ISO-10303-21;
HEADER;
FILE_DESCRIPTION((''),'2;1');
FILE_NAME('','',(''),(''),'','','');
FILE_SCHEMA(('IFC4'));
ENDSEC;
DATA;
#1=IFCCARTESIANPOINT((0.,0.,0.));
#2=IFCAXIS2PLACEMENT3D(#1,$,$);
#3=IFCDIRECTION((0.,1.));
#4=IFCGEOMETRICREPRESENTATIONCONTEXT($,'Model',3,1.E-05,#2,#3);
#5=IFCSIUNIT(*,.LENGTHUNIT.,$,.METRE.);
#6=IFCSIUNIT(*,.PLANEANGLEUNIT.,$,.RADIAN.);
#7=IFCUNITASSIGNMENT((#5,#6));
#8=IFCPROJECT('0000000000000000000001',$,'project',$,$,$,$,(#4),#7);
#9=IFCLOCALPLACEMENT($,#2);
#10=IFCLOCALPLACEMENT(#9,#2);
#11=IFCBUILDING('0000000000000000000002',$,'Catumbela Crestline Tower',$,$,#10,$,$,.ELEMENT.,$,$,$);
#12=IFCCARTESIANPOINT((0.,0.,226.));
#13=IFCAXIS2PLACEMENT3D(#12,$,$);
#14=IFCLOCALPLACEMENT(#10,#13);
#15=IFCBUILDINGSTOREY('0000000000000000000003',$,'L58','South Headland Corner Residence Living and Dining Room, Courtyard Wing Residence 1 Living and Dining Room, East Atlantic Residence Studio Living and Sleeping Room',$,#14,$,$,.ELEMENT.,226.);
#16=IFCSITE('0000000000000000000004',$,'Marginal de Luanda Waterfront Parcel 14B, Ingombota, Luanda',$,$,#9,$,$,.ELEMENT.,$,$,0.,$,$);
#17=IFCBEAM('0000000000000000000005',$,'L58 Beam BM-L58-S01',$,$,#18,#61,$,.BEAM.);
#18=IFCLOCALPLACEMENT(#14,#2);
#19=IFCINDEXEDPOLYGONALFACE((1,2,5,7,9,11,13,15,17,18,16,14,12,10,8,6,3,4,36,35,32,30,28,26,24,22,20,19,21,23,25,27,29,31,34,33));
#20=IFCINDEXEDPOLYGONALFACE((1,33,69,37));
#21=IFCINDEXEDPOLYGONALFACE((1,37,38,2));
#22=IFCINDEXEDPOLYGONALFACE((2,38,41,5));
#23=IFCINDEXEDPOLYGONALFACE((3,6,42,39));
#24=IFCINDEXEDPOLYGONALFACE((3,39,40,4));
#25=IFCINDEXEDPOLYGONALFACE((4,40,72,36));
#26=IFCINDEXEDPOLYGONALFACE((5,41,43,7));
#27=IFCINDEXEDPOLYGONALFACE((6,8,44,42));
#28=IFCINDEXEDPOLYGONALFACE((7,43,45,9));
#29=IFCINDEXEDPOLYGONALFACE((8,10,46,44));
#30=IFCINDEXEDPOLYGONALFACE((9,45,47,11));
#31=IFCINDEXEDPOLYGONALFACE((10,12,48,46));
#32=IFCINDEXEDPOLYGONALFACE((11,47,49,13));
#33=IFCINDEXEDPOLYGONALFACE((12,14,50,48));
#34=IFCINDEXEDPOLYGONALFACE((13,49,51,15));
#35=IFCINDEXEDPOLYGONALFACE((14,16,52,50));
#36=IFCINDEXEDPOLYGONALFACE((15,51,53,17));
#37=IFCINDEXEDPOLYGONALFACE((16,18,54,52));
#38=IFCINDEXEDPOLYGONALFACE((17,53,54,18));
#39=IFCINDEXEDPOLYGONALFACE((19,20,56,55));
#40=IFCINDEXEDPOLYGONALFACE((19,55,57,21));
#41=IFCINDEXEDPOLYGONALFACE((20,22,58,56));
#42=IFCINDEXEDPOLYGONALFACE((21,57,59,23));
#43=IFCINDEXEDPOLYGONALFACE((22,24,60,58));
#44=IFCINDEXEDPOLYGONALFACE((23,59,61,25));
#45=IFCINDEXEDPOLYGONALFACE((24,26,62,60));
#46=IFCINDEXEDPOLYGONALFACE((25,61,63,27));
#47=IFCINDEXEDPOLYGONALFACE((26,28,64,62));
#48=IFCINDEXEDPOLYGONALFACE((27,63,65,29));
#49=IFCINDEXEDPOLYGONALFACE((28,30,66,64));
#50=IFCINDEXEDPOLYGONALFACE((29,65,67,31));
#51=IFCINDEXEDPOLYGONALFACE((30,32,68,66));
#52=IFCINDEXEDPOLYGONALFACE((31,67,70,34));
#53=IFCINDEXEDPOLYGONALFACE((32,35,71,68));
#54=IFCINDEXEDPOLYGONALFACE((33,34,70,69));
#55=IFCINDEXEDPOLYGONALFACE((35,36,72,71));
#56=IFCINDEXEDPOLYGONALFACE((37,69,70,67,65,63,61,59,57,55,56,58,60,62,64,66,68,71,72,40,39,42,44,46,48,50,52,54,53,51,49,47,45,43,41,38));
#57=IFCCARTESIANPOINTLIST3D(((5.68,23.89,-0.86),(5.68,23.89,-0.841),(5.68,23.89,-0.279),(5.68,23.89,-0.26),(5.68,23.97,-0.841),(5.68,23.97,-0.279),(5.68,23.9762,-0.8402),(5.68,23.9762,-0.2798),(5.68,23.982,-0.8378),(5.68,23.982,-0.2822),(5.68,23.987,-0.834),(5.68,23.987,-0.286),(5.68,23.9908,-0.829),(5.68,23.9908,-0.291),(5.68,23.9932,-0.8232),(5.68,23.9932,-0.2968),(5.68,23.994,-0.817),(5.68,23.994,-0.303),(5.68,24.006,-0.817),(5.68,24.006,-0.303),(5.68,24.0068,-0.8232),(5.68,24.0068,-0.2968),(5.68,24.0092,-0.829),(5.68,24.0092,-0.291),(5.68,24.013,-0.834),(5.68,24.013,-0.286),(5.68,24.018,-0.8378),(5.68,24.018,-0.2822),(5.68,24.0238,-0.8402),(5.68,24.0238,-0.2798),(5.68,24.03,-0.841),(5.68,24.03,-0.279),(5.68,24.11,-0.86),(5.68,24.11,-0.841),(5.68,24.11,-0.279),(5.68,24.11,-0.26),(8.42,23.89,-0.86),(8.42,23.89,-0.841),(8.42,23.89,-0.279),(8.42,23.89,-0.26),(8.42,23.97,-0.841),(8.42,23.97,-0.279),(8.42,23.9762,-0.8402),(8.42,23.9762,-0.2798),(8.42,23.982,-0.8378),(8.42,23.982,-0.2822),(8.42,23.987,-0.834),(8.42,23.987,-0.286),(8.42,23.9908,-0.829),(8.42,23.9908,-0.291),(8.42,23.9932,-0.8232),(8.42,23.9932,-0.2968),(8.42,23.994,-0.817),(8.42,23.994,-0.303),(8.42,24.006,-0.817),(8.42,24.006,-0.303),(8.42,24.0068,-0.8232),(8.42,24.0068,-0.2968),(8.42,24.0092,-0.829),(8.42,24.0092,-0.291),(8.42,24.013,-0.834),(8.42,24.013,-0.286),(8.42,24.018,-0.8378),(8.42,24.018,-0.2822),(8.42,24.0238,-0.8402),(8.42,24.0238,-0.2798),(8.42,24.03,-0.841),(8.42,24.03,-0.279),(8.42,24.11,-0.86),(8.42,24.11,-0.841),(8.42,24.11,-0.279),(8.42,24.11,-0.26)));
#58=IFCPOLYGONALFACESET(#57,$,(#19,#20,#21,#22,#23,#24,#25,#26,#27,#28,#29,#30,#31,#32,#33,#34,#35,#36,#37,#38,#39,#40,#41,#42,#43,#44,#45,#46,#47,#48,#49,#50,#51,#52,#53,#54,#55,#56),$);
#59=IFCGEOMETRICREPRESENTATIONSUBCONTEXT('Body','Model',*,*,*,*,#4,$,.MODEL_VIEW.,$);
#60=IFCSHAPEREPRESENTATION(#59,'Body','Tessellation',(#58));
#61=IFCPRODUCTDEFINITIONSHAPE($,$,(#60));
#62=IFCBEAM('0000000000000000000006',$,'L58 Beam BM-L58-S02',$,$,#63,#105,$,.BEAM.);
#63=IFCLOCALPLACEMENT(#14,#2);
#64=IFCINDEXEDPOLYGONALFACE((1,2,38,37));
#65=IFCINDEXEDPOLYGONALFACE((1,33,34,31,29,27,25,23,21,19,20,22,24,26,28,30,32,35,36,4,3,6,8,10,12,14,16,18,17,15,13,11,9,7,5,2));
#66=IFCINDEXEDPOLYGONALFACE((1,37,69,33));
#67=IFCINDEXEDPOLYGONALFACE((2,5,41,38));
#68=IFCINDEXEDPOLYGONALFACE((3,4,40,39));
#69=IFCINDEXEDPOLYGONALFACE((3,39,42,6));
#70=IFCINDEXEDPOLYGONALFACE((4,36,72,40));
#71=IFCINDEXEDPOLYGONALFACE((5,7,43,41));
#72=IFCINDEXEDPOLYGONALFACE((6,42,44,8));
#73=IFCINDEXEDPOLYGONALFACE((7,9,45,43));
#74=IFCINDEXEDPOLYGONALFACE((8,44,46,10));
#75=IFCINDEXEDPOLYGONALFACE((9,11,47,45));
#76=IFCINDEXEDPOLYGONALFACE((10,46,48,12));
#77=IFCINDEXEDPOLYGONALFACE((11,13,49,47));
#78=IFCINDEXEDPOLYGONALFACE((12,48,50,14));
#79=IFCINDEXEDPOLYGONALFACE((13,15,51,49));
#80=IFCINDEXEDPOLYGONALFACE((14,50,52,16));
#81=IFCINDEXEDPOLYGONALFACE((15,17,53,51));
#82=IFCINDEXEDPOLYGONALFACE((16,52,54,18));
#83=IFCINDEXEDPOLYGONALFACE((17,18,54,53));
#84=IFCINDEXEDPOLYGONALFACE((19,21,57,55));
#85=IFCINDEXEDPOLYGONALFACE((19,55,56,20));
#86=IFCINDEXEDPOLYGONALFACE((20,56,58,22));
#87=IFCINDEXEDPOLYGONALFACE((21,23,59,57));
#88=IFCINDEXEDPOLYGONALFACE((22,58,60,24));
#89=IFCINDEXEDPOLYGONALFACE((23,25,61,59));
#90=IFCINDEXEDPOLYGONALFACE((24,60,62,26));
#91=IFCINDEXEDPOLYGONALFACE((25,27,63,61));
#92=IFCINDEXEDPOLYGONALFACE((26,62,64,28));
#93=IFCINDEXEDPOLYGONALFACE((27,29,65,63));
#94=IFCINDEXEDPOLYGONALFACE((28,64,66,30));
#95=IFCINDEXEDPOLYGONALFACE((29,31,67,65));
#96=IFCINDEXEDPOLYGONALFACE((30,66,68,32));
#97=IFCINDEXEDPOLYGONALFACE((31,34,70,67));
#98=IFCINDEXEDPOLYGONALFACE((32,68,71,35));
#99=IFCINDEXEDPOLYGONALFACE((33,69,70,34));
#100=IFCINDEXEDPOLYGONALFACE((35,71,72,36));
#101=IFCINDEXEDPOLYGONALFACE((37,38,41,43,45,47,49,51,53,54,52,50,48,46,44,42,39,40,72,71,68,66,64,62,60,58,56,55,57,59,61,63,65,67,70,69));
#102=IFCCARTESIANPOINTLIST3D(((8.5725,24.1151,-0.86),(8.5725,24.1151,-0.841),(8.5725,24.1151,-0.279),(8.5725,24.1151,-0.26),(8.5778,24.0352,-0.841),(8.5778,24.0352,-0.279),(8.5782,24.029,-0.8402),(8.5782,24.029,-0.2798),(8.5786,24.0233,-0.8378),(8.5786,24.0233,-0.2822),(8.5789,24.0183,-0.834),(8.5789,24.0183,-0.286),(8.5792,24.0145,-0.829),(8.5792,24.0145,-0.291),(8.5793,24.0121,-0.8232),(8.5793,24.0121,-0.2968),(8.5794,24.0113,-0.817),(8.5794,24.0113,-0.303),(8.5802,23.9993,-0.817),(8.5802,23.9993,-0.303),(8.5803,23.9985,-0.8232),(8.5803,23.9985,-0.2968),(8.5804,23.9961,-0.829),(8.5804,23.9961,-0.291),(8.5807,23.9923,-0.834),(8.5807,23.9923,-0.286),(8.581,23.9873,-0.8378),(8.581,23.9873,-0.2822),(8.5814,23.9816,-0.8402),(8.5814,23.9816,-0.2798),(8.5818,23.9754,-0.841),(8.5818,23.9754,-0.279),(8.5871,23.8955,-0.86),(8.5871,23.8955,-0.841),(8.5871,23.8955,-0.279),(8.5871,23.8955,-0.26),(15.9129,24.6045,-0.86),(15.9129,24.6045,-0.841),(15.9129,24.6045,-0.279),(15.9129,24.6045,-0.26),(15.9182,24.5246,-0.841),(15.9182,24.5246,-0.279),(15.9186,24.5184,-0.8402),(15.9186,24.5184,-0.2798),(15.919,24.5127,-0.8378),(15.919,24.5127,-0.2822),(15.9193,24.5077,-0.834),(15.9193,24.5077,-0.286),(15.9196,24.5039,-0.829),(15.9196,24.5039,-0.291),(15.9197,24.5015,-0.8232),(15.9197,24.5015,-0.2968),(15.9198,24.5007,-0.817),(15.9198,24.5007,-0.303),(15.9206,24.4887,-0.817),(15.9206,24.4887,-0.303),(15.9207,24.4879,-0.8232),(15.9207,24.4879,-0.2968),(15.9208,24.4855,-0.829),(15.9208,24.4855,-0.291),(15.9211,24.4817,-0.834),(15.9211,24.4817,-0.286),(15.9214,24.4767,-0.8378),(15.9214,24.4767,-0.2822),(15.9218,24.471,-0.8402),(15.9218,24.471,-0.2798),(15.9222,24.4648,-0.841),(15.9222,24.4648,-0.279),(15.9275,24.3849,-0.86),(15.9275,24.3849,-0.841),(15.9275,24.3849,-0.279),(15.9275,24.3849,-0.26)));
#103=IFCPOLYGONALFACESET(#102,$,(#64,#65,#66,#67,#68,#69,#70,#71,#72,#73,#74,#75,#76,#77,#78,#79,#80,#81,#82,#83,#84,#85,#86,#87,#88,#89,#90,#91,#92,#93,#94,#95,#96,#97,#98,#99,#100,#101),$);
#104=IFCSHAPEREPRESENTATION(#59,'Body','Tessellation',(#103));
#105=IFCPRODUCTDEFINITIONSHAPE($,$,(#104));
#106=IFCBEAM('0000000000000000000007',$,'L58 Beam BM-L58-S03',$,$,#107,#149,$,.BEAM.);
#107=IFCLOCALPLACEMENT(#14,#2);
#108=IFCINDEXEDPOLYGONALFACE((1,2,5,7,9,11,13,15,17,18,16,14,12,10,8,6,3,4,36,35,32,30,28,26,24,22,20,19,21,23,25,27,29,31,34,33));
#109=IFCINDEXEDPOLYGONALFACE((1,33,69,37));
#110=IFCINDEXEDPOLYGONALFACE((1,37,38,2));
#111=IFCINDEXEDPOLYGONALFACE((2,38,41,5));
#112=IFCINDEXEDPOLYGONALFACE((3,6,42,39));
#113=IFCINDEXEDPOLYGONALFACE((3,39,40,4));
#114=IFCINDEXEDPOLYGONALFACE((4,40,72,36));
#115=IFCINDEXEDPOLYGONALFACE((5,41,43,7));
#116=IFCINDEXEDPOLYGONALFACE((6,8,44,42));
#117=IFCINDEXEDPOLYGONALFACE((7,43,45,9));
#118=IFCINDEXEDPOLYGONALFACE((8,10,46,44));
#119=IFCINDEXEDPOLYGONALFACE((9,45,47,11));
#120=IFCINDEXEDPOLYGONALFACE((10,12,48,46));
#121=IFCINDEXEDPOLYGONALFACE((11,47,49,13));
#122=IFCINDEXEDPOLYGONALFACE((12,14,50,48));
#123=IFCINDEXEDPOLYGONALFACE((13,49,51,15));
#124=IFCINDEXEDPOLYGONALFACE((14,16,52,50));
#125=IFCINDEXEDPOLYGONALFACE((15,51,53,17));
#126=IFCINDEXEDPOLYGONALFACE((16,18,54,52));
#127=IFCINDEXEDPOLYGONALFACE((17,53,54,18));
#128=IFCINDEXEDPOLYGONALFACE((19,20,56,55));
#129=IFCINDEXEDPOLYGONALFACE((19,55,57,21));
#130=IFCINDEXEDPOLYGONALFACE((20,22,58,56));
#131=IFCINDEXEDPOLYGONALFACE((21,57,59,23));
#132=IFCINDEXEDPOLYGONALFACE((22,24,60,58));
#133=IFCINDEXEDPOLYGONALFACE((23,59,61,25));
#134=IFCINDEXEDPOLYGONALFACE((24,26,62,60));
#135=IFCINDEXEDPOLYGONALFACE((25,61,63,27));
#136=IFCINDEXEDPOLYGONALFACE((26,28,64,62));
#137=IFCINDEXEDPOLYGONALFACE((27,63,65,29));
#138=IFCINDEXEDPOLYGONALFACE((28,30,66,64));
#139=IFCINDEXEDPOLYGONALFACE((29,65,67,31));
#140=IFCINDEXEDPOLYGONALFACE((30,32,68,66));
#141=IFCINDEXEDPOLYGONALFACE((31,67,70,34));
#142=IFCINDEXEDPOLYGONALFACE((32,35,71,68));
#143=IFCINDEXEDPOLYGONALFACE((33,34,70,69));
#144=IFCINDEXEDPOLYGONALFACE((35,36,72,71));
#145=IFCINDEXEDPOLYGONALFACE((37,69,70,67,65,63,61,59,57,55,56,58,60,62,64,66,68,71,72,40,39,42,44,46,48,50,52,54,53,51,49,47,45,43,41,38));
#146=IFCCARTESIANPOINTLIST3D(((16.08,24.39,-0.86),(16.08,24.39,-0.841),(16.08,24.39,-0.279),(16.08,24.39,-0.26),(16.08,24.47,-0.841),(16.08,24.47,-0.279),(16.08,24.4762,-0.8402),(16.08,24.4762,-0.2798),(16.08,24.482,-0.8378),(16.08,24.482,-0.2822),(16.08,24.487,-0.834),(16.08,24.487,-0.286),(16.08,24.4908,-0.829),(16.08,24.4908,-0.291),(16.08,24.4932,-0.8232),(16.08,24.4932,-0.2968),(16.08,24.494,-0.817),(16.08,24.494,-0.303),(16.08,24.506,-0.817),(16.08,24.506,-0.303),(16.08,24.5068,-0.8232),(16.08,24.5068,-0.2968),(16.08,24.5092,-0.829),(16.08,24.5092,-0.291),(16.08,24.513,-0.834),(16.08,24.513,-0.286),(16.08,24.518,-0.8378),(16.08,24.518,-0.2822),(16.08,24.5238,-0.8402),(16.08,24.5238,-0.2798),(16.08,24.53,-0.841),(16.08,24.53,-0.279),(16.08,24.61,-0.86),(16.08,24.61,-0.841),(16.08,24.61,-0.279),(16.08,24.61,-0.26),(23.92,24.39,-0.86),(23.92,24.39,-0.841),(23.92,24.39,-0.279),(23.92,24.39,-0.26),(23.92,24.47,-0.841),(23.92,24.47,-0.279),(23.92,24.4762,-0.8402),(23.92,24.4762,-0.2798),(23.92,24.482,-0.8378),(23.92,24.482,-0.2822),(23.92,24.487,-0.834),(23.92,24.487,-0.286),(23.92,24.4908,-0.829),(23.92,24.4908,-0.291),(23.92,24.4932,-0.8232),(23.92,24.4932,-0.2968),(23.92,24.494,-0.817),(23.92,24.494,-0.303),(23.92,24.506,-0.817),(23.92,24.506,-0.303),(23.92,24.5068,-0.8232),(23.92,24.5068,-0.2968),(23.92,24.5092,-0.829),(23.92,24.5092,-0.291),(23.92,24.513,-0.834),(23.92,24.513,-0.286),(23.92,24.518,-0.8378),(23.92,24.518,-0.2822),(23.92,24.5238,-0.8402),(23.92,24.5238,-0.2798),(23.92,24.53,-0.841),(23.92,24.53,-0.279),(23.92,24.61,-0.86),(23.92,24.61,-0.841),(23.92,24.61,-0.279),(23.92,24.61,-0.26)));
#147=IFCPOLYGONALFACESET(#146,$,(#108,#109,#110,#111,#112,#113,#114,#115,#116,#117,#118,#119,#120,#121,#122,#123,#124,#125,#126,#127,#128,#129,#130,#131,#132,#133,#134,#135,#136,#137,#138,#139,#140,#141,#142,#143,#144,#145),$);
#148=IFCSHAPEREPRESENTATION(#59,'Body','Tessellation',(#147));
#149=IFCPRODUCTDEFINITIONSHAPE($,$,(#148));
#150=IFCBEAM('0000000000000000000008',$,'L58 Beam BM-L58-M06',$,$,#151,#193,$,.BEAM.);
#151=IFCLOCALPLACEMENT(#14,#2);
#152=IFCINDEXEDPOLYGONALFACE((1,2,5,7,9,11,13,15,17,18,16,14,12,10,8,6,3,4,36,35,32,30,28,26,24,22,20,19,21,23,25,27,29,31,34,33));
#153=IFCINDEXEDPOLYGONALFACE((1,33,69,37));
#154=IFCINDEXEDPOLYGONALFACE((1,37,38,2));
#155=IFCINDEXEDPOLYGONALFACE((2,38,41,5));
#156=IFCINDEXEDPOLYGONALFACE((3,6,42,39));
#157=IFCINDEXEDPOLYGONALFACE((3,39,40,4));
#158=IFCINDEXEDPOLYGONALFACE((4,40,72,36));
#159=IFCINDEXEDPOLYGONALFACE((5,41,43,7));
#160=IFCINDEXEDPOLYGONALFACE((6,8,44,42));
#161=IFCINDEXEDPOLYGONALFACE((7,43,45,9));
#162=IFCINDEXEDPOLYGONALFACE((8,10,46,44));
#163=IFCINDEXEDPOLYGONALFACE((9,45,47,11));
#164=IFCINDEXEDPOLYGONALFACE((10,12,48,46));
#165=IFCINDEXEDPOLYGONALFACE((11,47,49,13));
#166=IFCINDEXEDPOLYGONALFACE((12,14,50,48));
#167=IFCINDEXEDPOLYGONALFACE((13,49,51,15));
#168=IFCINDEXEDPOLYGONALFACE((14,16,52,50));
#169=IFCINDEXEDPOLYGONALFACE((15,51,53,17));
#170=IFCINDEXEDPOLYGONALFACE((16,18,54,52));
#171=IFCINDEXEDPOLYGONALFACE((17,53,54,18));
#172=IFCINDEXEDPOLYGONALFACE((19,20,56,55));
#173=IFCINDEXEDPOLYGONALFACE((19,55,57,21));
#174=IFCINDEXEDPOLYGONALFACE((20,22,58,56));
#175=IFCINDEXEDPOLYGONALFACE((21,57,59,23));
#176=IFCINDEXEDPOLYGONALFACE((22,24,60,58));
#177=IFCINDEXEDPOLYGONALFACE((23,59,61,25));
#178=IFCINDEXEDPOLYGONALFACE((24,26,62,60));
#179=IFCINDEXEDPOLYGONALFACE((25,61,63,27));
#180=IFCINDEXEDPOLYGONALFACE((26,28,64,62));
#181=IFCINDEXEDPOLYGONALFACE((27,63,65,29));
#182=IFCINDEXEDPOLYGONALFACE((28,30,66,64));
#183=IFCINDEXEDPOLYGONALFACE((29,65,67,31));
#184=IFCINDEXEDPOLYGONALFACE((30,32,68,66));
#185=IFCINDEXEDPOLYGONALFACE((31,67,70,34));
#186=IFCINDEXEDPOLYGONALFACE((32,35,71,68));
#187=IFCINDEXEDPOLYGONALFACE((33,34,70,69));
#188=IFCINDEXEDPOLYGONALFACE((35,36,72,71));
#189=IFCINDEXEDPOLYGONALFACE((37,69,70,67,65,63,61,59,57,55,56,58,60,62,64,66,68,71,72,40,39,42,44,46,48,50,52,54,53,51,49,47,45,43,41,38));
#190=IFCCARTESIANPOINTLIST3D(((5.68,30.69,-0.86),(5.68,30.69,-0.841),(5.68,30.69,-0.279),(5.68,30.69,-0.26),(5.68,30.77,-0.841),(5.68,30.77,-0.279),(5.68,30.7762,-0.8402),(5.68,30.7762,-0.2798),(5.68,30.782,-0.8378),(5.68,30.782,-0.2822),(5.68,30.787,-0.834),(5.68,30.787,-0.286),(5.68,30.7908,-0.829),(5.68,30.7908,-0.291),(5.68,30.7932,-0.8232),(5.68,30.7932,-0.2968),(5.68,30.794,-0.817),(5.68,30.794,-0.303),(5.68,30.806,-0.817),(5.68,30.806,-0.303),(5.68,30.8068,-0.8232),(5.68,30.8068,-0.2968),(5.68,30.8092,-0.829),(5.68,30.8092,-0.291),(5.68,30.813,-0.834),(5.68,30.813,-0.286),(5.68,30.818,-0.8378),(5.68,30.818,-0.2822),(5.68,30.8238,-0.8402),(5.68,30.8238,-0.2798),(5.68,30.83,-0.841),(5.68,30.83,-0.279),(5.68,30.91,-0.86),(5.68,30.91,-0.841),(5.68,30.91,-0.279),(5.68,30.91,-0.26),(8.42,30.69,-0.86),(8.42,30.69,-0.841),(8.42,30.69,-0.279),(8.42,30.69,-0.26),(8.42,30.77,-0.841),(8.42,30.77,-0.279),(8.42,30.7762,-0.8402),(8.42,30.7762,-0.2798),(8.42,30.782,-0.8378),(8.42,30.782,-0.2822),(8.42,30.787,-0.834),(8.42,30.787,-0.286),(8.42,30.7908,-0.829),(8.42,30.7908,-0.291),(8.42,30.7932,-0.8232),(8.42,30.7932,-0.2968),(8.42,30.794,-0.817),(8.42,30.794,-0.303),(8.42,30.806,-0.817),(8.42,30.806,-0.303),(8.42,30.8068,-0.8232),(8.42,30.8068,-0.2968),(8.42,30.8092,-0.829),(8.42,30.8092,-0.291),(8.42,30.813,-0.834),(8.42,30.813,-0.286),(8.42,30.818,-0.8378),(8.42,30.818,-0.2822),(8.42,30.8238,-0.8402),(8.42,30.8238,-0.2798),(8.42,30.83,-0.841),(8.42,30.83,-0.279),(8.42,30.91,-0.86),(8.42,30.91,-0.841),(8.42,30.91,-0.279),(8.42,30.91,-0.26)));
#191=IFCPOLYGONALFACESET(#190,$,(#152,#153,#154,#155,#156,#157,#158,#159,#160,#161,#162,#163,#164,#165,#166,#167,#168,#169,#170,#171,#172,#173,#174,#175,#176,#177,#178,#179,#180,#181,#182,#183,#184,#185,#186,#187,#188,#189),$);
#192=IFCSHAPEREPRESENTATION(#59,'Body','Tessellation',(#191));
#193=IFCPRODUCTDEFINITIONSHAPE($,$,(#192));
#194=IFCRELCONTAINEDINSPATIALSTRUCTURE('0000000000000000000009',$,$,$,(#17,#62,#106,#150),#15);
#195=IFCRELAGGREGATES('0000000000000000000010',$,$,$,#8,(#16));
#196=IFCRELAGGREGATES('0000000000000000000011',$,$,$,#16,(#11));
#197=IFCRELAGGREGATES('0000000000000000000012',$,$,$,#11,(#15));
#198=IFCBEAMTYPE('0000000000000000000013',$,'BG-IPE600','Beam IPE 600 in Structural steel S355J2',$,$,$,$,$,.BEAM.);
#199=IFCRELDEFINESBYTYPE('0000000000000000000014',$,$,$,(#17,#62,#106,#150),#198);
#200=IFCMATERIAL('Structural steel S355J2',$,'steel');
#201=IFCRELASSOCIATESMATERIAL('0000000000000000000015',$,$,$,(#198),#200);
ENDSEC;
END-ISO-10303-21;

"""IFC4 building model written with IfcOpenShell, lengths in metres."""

from ifc_helpers import new_model, si_unit, direction, frame, origin, origin_2d, place, context, subcontext, project, spatial, i_section, extrude, material, material_profile, profile_set, type_object, element, save


model = new_model("IFC4")

# Units and contexts
model_context = context("Model", 3, precision=1e-05, world=origin(), true_north=direction((0.0, 1.0)))
body_context = subcontext(model_context, "Body", "Model", "MODEL_VIEW")
ifc_project = project(units=[si_unit("LENGTHUNIT", "METRE"), si_unit("PLANEANGLEUNIT", "RADIAN")], contexts=[model_context])

# Site, building, storey
site_placement = place(None, origin())
site = spatial("IfcSite", under=ifc_project, at=site_placement, Name="Marginal de Luanda Waterfront Parcel 14B, Ingombota, Luanda", CompositionType="ELEMENT", RefElevation=0.0)
building_placement = place(site_placement, origin())
building = spatial("IfcBuilding", under=site, at=building_placement, Name="Catumbela Crestline Tower", CompositionType="ELEMENT")
storey_placement = place(building_placement, frame((0.0, 0.0, 226.0)))
storey = spatial("IfcBuildingStorey", under=building, at=storey_placement, Name="L58", Description="South Headland Corner Residence Living and Dining Room, Courtyard Wing Residence 1 Living and Dining Room, East Atlantic Residence Studio Living and Sleeping Room", CompositionType="ELEMENT", Elevation=226.0)

# Shared definitions
ifc_material_1 = material(Name="Structural steel S355J2", Category="steel")

# Beams
ifc_material_profile_1 = material_profile(ifc_material_1, i_section(OverallWidth=0.22, OverallDepth=0.6, WebThickness=0.012, FlangeThickness=0.019, FilletRadius=0.024, at=origin_2d()), Name="IPE 600")
ifc_profile_set_1 = profile_set([ifc_material_profile_1], Name="Structural steel S355J2")
beam_type = type_object("IfcBeamType", Name="BG-IPE600", Description="Beam IPE 600 in Structural steel S355J2", PredefinedType="BEAM", material=ifc_profile_set_1)
beam_1_placement = place(storey_placement, frame((5.68, 24.0, -0.56), z_axis=(1.0, 0.0, 0.0), x_axis=(0.0, 1.0, 0.0)))
element("IfcBeam", 1, at=beam_1_placement, inside=storey, type_object=beam_type, Name="L58 Beam BM-L58-S01", PredefinedType="BEAM", context=body_context, shape_type="SweptSolid", body=[
    extrude(i_section(OverallWidth=0.22, OverallDepth=0.6, WebThickness=0.012, FlangeThickness=0.019, FilletRadius=0.024, at=origin_2d()), origin(), (0.0, 0.0, 1.0), 2.74),
])
beam_2_placement = place(storey_placement, frame((8.5798, 24.0053, -0.56), z_axis=(0.997785, 0.066524, 0.0), x_axis=(-0.066524, 0.997785, 0.0)))
element("IfcBeam", 2, at=beam_2_placement, inside=storey, type_object=beam_type, Name="L58 Beam BM-L58-S02", PredefinedType="BEAM", context=body_context, shape_type="SweptSolid", body=[
    extrude(i_section(OverallWidth=0.22, OverallDepth=0.6, WebThickness=0.012, FlangeThickness=0.019, FilletRadius=0.024, at=origin_2d()), origin(), (0.0, 0.0, 1.0), 7.3567),
])
beam_3_placement = place(storey_placement, frame((16.08, 24.5, -0.56), z_axis=(1.0, 0.0, 0.0), x_axis=(0.0, 1.0, 0.0)))
element("IfcBeam", 3, at=beam_3_placement, inside=storey, type_object=beam_type, Name="L58 Beam BM-L58-S03", PredefinedType="BEAM", context=body_context, shape_type="SweptSolid", body=[
    extrude(i_section(OverallWidth=0.22, OverallDepth=0.6, WebThickness=0.012, FlangeThickness=0.019, FilletRadius=0.024, at=origin_2d()), origin(), (0.0, 0.0, 1.0), 7.84),
])
beam_4_placement = place(storey_placement, frame((5.68, 30.8, -0.56), z_axis=(1.0, 0.0, 0.0), x_axis=(0.0, 1.0, 0.0)))
element("IfcBeam", 4, at=beam_4_placement, inside=storey, type_object=beam_type, Name="L58 Beam BM-L58-M06", PredefinedType="BEAM", context=body_context, shape_type="SweptSolid", body=[
    extrude(i_section(OverallWidth=0.22, OverallDepth=0.6, WebThickness=0.012, FlangeThickness=0.019, FilletRadius=0.024, at=origin_2d()), origin(), (0.0, 0.0, 1.0), 2.74),
])

save(model, "model.ifc")
